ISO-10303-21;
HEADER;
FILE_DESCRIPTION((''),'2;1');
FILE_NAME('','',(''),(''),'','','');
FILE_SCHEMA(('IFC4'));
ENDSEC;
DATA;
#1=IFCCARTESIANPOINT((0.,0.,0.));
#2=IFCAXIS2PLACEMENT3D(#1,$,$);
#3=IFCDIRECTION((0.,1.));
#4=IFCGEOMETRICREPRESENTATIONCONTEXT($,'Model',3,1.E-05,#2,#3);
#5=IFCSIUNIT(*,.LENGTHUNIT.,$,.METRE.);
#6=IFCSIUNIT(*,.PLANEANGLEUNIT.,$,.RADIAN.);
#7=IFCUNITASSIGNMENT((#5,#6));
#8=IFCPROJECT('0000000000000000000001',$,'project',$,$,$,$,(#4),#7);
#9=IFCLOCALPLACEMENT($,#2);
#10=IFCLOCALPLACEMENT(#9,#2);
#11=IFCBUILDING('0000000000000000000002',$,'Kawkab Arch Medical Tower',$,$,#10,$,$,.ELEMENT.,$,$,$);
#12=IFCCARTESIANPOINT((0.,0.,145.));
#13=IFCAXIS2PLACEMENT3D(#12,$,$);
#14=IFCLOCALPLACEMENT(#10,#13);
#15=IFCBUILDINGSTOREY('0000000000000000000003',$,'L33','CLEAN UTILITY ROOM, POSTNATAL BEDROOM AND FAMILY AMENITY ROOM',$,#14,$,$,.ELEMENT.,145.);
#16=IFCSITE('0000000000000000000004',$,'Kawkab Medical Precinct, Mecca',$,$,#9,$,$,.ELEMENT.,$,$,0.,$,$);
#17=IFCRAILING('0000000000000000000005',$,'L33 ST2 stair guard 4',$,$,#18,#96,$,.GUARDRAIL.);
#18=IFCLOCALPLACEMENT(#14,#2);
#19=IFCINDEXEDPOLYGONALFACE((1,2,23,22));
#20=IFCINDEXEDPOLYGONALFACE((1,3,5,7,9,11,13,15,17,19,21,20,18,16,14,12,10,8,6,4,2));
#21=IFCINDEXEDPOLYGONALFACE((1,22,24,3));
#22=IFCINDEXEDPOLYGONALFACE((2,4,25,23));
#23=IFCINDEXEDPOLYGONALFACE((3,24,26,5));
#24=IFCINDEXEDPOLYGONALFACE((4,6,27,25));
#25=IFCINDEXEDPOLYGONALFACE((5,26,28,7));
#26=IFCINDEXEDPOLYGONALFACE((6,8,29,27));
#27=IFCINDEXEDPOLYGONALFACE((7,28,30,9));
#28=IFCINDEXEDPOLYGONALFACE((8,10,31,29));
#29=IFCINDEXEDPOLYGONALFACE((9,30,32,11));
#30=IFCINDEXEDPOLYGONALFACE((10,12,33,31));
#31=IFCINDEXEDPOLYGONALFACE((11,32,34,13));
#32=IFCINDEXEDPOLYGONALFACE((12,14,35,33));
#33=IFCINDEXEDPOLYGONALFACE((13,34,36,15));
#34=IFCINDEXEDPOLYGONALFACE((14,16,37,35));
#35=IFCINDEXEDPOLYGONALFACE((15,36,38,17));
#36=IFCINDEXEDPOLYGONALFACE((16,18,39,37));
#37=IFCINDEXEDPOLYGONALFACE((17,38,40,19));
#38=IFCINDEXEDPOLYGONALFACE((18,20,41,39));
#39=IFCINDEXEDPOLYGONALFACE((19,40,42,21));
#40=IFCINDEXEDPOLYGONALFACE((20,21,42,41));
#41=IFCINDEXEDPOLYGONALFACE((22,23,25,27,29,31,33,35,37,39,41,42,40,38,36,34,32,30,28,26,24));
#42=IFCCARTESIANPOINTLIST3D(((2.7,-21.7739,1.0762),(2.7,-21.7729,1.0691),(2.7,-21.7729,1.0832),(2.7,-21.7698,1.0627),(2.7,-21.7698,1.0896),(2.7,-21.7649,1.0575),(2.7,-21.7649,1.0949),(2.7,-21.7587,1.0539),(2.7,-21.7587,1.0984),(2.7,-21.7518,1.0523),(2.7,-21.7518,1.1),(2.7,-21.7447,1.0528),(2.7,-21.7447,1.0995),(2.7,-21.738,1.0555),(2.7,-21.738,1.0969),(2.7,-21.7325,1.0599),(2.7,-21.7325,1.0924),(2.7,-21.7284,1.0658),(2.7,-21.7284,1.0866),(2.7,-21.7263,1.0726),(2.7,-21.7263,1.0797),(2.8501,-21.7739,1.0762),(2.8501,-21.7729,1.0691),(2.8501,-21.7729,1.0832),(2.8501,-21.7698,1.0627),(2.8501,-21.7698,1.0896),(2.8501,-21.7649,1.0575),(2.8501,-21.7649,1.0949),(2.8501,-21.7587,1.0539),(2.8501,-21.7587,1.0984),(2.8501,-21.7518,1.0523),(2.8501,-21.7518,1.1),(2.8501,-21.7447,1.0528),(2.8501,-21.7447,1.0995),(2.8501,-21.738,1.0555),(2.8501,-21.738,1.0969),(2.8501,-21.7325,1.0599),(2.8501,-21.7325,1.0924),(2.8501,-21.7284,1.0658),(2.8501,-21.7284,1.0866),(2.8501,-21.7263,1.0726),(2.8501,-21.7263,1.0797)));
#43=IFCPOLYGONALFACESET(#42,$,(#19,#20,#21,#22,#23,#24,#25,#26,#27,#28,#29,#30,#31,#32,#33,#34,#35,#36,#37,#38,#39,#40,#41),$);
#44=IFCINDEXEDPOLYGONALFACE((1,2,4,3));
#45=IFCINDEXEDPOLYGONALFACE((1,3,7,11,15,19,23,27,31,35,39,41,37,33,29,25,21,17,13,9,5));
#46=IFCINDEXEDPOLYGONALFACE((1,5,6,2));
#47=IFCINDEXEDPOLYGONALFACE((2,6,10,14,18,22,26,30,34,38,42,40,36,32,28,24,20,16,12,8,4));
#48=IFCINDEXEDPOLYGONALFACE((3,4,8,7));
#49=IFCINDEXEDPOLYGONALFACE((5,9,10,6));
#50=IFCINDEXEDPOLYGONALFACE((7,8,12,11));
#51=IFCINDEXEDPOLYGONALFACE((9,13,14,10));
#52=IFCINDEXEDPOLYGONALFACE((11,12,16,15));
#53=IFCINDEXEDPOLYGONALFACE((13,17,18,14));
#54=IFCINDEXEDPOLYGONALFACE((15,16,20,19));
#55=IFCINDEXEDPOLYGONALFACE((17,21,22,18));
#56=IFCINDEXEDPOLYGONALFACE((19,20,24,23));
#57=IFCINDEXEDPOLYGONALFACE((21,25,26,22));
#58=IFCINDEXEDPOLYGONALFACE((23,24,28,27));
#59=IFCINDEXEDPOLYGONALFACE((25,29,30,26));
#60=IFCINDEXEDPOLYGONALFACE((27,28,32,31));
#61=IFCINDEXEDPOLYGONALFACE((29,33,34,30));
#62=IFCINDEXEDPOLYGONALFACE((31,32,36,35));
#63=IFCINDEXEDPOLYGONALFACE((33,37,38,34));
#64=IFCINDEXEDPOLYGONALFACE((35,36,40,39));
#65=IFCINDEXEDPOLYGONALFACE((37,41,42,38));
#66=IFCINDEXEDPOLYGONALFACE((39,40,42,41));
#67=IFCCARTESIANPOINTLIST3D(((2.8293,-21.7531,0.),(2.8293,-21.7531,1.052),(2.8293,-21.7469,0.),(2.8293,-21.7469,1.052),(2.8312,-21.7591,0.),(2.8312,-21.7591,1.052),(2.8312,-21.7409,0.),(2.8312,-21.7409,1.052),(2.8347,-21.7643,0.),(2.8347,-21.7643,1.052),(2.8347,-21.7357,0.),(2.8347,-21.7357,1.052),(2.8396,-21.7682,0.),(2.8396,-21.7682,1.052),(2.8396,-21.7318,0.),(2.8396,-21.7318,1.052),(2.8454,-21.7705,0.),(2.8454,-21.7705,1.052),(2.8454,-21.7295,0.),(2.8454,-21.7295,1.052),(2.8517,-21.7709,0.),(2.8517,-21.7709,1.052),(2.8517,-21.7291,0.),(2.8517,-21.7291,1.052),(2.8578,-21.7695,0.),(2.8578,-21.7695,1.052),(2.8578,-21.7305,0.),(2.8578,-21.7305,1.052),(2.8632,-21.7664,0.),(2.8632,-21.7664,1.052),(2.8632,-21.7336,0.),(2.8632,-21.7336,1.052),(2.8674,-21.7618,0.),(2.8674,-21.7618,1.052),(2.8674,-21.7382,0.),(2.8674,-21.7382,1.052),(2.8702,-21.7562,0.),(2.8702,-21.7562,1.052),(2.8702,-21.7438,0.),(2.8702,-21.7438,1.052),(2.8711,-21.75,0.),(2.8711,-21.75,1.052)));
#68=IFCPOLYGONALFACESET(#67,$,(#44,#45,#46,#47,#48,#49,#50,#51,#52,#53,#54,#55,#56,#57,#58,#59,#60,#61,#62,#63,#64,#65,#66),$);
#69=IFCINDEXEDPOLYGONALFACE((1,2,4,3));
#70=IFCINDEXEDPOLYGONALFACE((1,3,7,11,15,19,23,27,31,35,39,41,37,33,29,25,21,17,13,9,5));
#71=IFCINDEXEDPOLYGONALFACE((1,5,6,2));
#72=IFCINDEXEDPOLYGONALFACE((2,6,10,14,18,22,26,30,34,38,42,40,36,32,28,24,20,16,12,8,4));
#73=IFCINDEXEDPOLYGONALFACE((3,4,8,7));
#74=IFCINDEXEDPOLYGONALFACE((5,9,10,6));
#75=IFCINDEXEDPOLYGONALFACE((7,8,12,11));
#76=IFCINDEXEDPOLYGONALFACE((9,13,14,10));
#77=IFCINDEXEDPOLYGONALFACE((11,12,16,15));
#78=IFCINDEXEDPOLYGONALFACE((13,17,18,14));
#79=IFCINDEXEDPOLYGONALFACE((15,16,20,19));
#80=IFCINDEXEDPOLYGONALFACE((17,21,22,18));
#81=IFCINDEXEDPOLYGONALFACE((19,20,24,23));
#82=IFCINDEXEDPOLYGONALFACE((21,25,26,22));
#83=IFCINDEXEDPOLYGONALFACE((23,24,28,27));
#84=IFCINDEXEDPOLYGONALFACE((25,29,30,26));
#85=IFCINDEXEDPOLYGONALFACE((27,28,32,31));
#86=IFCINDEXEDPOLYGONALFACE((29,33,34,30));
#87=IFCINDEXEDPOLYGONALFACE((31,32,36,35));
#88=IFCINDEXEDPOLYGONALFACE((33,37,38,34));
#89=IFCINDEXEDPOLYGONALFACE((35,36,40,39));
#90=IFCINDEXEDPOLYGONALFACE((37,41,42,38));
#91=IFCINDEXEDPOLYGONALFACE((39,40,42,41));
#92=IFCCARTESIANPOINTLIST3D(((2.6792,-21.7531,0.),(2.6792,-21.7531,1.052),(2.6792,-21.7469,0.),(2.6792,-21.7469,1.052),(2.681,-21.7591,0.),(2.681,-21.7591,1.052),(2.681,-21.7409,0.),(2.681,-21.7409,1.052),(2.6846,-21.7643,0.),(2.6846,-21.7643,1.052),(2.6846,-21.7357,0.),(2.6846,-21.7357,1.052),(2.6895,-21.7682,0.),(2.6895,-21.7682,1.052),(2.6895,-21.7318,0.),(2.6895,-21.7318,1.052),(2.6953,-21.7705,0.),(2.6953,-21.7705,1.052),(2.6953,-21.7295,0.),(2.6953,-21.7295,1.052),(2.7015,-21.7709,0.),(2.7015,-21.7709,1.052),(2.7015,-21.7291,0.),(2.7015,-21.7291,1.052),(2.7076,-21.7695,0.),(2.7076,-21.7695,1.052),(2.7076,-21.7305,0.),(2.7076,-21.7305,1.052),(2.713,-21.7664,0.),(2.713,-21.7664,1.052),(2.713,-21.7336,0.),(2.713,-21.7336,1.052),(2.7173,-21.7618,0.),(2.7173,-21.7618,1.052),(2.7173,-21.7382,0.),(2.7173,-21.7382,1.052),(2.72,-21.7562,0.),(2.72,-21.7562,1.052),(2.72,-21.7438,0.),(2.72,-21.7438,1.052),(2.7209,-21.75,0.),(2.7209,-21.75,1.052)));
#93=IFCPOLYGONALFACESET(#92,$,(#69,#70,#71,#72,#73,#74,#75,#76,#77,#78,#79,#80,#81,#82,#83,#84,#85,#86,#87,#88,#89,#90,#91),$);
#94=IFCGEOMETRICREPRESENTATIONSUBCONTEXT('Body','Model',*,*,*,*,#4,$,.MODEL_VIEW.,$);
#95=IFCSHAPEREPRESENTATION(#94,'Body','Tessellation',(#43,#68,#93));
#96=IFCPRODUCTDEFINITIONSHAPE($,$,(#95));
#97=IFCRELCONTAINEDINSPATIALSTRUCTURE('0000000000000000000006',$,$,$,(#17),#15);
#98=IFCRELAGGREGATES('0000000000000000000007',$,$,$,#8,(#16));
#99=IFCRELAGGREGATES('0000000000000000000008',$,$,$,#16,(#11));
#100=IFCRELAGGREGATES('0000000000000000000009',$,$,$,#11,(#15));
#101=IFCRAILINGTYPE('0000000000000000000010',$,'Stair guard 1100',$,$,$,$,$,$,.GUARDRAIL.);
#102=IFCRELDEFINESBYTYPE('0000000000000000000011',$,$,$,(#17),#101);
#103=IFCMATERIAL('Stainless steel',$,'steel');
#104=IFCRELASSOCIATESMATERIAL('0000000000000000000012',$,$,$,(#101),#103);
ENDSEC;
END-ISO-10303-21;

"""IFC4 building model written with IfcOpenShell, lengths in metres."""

from ifc_helpers import new_model, si_unit, direction, frame, origin, origin_2d, place, context, subcontext, project, spatial, circle, extrude, material, type_object, element, save


model = new_model("IFC4")

# Units and contexts
model_context = context("Model", 3, precision=1e-05, world=origin(), true_north=direction((0.0, 1.0)))
body_context = subcontext(model_context, "Body", "Model", "MODEL_VIEW")
ifc_project = project(units=[si_unit("LENGTHUNIT", "METRE"), si_unit("PLANEANGLEUNIT", "RADIAN")], contexts=[model_context])

# Site, building, storey
site_placement = place(None, origin())
site = spatial("IfcSite", under=ifc_project, at=site_placement, Name="Kawkab Medical Precinct, Mecca", CompositionType="ELEMENT", RefElevation=0.0)
building_placement = place(site_placement, origin())
building = spatial("IfcBuilding", under=site, at=building_placement, Name="Kawkab Arch Medical Tower", CompositionType="ELEMENT")
storey_placement = place(building_placement, frame((0.0, 0.0, 145.0)))
storey = spatial("IfcBuildingStorey", under=building, at=storey_placement, Name="L33", Description="CLEAN UTILITY ROOM, POSTNATAL BEDROOM AND FAMILY AMENITY ROOM", CompositionType="ELEMENT", Elevation=145.0)

# Railing
ifc_material_1 = material(Name="Stainless steel", Category="steel")
railing_type = type_object("IfcRailingType", Name="Stair guard 1100", PredefinedType="GUARDRAIL", material=ifc_material_1)
railing_1_placement = place(storey_placement, frame((2.8501, -21.75, 0.0)))
element("IfcRailing", 1, at=railing_1_placement, inside=storey, type_object=railing_type, Name="L33 ST2 stair guard 4", PredefinedType="GUARDRAIL", context=body_context, shape_type="SweptSolid", body=[
    extrude(circle(Radius=0.0239, at=origin_2d()), frame((0.0, 0.0, 1.0762), z_axis=(-1.0, 0.0, 0.0), x_axis=(0.0, -1.0, 0.0)), (0.0, 0.0, 1.0), 0.1501),
    extrude(circle(Radius=0.021, at=origin_2d()), origin(), (0.0, 0.0, 1.0), 1.052),
    extrude(circle(Radius=0.021, at=origin_2d()), frame((-0.1501, 0.0, 0.0)), (0.0, 0.0, 1.0), 1.052),
])

save(model, "model.ifc")
